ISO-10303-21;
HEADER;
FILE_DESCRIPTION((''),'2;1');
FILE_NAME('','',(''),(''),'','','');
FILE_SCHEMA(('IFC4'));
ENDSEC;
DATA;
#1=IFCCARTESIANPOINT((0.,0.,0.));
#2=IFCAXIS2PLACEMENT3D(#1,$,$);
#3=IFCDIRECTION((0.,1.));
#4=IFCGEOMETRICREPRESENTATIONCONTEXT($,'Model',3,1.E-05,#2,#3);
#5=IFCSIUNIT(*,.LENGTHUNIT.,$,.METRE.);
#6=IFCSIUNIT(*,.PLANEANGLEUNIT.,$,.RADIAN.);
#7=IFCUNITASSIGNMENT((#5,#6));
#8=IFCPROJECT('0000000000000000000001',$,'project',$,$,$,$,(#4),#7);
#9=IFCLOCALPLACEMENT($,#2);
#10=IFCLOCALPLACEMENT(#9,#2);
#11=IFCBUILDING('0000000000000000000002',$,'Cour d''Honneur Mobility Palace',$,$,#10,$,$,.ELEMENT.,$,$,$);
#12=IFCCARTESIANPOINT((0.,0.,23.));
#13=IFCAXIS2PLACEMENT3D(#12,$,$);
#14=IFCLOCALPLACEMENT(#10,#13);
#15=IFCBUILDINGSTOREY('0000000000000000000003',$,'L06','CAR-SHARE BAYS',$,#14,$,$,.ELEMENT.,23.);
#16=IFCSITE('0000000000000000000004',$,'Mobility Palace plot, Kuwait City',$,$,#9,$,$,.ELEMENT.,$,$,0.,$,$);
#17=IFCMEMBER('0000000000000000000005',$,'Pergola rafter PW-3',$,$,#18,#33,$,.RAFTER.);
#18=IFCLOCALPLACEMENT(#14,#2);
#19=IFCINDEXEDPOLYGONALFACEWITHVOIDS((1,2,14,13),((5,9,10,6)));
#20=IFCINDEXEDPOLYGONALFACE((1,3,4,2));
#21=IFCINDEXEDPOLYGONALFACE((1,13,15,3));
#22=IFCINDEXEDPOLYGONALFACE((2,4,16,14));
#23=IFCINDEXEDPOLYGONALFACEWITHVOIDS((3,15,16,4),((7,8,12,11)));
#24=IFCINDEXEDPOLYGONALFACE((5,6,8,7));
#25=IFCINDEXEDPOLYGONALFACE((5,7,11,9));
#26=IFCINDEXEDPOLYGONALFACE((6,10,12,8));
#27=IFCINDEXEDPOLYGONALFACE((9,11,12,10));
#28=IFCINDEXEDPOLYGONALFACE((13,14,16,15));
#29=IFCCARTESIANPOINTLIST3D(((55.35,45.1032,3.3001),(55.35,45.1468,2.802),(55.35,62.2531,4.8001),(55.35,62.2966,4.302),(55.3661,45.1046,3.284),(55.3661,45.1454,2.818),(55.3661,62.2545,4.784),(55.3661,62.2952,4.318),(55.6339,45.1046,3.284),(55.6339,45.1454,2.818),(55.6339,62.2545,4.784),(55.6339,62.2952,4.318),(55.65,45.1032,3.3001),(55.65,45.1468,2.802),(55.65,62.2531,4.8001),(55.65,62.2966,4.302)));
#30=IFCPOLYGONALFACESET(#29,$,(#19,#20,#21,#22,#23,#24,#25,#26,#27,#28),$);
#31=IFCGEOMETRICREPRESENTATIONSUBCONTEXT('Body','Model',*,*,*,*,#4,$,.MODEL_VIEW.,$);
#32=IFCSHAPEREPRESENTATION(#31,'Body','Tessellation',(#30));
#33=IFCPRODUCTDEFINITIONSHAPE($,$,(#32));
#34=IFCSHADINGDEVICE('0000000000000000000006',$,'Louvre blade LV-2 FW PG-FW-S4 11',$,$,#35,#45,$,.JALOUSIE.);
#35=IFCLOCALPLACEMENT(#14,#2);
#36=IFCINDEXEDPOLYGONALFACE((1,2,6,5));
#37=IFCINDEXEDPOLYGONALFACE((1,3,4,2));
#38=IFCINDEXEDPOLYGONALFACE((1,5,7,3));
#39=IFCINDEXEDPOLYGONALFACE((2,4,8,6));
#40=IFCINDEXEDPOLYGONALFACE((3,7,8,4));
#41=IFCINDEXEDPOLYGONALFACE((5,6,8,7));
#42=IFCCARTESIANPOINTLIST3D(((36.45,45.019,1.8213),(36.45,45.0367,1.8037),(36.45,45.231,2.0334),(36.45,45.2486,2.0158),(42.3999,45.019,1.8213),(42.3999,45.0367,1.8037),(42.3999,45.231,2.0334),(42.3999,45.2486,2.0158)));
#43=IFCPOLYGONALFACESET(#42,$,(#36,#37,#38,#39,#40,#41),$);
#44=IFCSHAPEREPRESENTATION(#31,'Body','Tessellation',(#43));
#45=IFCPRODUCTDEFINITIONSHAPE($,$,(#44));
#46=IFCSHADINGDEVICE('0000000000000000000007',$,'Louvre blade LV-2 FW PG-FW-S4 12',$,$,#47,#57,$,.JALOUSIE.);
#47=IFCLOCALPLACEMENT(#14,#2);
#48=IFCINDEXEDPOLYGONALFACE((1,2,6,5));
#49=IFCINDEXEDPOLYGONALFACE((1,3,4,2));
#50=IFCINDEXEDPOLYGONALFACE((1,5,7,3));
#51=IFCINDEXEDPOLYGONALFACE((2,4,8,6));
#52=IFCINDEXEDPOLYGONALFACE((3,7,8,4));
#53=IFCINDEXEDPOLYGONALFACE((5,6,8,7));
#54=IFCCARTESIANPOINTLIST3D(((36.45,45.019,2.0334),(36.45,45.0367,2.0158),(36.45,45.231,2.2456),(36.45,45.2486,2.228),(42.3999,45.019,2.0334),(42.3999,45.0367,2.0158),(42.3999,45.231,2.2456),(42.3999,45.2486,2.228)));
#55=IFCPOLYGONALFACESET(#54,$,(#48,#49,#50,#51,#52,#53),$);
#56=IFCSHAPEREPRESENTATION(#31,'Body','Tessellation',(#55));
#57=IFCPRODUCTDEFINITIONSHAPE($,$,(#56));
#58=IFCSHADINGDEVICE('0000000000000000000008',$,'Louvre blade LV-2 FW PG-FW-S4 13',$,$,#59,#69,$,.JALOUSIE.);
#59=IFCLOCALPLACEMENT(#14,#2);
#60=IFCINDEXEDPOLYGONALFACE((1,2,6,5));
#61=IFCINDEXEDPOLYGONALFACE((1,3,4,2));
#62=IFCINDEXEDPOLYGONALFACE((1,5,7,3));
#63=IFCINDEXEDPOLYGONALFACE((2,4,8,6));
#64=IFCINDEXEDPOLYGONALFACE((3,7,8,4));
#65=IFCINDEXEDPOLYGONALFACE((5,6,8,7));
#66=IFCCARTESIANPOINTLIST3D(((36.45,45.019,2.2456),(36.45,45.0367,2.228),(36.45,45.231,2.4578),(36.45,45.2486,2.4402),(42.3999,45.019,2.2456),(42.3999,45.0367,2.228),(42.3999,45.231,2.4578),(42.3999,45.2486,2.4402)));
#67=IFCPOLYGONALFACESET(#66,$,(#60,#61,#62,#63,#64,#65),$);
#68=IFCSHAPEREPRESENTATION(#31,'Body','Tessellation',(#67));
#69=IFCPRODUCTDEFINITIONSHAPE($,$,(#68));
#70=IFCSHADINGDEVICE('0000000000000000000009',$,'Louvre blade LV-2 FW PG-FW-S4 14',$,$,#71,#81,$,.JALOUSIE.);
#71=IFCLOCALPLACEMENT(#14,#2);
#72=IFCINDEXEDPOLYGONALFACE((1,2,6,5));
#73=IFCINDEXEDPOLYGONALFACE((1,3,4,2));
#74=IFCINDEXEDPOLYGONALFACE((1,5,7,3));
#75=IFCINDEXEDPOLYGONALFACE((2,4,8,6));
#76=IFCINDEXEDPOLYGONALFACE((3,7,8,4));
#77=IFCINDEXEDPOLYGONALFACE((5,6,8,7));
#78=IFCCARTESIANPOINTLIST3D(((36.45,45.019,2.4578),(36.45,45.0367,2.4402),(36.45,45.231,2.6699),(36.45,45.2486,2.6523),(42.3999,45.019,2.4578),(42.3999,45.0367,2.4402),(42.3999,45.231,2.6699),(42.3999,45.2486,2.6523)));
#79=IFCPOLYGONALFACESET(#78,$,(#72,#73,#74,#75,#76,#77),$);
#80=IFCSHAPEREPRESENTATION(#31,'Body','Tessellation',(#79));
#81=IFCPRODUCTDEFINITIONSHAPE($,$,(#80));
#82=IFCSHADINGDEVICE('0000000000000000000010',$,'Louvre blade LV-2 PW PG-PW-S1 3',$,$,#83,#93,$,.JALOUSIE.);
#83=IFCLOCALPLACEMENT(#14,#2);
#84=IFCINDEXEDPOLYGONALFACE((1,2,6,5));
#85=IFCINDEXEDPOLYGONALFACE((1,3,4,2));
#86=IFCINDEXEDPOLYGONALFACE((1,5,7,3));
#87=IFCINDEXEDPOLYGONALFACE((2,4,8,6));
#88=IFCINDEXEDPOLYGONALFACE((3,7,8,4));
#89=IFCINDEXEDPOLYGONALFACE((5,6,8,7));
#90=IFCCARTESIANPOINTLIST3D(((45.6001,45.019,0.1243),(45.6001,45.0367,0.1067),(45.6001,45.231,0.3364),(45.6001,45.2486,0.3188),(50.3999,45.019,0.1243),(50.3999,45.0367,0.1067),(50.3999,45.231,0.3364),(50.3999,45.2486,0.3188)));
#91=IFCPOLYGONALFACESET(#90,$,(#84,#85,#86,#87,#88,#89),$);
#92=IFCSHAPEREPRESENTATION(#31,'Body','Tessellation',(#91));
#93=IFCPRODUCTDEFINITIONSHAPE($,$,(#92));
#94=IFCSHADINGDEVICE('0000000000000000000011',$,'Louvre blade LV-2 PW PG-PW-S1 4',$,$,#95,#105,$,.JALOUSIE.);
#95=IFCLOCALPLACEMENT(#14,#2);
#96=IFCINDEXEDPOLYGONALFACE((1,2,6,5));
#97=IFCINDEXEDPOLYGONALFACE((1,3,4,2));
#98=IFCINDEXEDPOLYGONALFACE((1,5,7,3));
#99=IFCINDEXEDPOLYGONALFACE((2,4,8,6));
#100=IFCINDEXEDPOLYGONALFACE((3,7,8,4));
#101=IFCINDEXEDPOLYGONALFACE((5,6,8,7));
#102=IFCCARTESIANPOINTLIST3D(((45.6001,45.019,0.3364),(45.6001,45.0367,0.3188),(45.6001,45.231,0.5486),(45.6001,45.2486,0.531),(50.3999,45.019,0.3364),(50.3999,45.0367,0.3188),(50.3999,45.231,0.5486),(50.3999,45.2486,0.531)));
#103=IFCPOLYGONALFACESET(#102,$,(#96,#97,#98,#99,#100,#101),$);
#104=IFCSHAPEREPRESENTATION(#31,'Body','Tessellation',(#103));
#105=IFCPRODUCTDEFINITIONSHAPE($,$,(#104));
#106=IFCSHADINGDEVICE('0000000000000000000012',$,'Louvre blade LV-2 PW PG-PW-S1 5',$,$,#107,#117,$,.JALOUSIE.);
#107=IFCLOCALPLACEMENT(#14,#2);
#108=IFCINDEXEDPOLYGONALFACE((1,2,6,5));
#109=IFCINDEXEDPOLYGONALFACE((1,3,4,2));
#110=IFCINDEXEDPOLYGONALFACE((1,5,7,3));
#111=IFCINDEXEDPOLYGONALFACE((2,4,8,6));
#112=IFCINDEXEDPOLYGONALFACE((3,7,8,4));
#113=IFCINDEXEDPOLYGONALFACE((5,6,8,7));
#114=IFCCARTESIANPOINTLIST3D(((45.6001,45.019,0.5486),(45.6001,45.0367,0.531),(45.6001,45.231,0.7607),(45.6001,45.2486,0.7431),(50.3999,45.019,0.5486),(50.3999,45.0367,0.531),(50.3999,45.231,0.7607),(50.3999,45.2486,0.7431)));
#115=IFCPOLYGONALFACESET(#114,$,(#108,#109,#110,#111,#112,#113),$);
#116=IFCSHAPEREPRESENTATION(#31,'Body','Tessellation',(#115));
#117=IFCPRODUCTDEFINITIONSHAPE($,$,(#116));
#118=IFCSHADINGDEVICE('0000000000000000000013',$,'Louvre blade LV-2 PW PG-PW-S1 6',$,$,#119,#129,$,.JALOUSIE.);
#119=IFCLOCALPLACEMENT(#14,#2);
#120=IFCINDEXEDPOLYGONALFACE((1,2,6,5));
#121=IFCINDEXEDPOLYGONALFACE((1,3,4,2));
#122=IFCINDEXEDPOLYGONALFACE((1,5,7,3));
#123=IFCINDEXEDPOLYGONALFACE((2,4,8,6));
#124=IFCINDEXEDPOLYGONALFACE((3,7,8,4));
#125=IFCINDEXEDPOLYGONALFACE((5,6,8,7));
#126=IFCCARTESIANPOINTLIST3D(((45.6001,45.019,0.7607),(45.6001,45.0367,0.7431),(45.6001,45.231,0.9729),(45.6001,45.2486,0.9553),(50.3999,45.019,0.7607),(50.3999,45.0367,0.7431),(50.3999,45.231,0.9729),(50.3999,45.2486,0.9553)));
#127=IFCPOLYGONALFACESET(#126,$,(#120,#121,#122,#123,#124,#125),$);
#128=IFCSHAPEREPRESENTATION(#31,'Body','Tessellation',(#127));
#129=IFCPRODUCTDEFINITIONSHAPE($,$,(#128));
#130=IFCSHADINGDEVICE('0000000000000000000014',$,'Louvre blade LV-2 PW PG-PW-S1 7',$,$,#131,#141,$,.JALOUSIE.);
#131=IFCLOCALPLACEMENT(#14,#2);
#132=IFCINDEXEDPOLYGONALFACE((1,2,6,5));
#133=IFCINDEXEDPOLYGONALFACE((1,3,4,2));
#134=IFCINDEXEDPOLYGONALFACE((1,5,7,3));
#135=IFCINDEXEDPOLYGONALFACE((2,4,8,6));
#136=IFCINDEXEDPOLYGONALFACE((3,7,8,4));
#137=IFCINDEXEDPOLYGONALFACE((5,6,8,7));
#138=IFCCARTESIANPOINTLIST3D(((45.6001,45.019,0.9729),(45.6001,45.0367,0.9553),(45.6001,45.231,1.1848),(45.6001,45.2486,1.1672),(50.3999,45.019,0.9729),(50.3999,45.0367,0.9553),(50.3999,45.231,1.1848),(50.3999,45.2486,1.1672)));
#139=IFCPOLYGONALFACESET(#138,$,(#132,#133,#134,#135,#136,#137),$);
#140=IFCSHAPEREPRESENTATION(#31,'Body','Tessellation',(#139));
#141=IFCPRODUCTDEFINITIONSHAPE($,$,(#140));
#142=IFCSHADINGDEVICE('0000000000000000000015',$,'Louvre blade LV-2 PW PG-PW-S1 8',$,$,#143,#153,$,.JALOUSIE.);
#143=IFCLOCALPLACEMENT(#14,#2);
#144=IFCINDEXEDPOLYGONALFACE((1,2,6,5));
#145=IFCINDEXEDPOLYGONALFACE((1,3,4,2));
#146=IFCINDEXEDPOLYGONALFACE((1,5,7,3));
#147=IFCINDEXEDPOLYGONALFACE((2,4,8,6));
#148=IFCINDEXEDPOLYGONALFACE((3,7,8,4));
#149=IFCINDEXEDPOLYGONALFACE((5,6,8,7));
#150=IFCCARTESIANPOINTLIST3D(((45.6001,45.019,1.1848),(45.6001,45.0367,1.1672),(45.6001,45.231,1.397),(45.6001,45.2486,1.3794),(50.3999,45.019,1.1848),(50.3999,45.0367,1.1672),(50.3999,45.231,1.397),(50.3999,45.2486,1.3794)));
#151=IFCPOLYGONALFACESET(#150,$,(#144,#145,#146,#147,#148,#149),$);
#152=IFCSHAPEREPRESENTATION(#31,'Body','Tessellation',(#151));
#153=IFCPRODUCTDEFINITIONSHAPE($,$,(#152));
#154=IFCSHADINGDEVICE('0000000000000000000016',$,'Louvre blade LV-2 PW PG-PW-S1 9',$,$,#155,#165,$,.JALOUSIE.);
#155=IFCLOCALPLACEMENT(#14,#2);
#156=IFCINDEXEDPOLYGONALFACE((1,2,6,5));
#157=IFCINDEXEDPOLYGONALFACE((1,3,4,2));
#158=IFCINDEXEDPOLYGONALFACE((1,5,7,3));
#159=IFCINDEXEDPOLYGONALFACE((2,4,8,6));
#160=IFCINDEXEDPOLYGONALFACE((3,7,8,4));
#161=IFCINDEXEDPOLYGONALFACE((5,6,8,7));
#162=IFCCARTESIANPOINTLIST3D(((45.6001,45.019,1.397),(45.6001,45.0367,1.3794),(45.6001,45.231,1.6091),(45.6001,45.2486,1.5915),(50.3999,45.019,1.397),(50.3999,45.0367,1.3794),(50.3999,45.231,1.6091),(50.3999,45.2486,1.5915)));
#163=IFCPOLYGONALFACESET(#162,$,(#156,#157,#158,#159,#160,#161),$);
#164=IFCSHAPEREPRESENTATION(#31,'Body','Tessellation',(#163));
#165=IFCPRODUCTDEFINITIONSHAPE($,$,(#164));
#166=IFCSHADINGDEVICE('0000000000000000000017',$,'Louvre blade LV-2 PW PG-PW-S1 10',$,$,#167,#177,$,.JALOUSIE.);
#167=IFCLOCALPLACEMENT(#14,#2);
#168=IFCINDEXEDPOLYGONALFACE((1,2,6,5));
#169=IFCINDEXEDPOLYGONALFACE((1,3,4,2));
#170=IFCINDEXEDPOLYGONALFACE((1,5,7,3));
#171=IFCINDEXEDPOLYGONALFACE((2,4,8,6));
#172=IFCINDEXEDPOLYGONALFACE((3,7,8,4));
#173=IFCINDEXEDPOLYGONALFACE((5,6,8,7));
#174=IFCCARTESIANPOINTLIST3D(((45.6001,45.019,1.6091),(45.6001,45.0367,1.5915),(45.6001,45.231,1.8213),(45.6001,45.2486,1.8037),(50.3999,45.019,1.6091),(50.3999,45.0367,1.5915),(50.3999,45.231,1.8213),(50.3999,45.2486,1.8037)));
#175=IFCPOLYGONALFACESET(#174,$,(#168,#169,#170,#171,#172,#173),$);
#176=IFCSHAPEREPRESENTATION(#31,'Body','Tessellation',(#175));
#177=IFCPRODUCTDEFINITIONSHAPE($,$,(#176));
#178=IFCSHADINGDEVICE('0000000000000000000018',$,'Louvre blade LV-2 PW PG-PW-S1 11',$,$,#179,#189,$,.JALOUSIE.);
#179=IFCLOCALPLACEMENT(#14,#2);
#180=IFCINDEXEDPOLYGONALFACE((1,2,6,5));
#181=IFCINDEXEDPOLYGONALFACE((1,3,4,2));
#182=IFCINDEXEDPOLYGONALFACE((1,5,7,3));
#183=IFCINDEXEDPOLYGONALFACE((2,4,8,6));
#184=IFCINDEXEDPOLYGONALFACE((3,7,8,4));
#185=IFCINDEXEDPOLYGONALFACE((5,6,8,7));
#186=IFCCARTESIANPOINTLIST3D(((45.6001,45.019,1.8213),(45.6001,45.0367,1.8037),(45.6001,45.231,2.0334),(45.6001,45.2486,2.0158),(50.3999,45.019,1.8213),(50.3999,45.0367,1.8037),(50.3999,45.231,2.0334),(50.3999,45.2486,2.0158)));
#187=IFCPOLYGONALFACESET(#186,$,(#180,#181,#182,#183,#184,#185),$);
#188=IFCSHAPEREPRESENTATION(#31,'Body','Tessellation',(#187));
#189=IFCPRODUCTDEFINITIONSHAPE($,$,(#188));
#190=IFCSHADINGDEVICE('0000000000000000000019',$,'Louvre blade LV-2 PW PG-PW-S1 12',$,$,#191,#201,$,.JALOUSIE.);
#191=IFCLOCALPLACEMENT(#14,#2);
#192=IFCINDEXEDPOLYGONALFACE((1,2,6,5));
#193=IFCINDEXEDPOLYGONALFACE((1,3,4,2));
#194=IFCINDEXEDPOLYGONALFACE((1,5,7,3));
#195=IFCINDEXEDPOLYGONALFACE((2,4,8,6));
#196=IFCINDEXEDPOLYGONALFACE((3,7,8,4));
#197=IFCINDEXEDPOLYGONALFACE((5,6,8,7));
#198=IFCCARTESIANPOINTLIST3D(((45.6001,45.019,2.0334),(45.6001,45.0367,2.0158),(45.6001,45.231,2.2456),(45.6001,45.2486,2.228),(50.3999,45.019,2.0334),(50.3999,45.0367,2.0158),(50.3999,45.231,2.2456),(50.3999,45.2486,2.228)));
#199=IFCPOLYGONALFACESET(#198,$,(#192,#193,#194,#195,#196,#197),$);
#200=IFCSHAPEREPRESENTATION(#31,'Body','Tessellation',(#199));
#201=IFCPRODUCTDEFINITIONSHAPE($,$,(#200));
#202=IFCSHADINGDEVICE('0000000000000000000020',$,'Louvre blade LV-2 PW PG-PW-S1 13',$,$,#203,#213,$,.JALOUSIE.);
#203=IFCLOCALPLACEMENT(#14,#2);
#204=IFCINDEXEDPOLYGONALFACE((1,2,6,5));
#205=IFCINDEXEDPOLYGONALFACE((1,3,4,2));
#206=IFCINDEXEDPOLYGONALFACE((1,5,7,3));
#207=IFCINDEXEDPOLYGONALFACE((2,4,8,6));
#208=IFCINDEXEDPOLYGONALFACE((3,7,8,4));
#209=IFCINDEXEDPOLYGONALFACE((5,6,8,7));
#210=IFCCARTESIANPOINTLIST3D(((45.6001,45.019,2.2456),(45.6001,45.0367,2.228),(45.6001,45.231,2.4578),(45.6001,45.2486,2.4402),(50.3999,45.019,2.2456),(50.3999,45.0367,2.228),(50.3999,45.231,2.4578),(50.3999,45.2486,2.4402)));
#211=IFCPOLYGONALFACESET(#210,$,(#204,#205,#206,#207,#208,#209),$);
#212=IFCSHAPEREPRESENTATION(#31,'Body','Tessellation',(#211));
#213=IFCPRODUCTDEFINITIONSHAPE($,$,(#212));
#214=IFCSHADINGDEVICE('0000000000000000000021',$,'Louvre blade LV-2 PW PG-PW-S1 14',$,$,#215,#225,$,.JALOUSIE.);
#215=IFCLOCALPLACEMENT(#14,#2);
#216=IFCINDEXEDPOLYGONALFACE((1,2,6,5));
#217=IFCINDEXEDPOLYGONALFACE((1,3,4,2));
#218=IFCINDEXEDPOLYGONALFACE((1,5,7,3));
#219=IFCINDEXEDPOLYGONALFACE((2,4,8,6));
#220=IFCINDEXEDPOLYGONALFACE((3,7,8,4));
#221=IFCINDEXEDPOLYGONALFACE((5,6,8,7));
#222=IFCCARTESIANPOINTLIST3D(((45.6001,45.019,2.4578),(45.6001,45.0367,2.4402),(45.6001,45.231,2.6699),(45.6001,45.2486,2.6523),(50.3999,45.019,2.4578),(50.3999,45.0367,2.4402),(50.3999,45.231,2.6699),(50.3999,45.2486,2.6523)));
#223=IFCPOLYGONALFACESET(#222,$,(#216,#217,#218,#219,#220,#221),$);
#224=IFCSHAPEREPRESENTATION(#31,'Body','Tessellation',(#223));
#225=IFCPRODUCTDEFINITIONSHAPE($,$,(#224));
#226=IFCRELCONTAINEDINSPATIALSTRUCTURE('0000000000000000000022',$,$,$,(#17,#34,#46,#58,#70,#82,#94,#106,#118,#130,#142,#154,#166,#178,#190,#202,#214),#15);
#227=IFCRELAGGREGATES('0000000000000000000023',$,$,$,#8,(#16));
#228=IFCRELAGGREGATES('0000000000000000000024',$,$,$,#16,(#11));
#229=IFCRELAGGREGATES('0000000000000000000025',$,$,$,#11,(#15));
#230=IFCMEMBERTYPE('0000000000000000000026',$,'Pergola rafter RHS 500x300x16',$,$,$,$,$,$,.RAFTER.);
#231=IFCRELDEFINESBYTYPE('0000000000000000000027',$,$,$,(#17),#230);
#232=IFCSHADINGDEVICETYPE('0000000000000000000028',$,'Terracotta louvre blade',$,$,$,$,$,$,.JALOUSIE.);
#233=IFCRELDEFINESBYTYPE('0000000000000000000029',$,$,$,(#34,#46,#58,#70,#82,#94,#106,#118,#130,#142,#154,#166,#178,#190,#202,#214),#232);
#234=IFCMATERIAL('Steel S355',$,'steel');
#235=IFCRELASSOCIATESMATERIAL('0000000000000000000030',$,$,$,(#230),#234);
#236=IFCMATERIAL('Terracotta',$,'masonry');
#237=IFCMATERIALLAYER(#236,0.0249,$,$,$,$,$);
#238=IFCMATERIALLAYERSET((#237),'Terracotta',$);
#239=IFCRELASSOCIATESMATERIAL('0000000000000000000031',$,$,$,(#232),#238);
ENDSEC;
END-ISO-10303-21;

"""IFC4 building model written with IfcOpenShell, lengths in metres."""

from ifc_helpers import new_model, si_unit, direction, frame, origin, origin_2d, place, context, subcontext, project, spatial, polyline, hollow_rectangle, outline, extrude, material, layer, layer_set, material_profile, profile_set, type_object, element, save


model = new_model("IFC4")

# Units and contexts
model_context = context("Model", 3, precision=1e-05, world=origin(), true_north=direction((0.0, 1.0)))
body_context = subcontext(model_context, "Body", "Model", "MODEL_VIEW")
ifc_project = project(units=[si_unit("LENGTHUNIT", "METRE"), si_unit("PLANEANGLEUNIT", "RADIAN")], contexts=[model_context])

# Site, building, storey
site_placement = place(None, origin())
site = spatial("IfcSite", under=ifc_project, at=site_placement, Name="Mobility Palace plot, Kuwait City", CompositionType="ELEMENT", RefElevation=0.0)
building_placement = place(site_placement, origin())
building = spatial("IfcBuilding", under=site, at=building_placement, Name="Cour d'Honneur Mobility Palace", CompositionType="ELEMENT")
storey_placement = place(building_placement, frame((0.0, 0.0, 23.0)))
storey = spatial("IfcBuildingStorey", under=building, at=storey_placement, Name="L06", Description="CAR-SHARE BAYS", CompositionType="ELEMENT", Elevation=23.0)

# Member
ifc_material_1 = material(Name="Steel S355", Category="steel")
ifc_material_profile_1 = material_profile(ifc_material_1, hollow_rectangle(XDim=0.3, YDim=0.5, WallThickness=0.0161, at=origin_2d()), Name="RHS 500x300x16")
ifc_profile_set_1 = profile_set([ifc_material_profile_1], Name="Steel S355")
member_type_1 = type_object("IfcMemberType", Name="Pergola rafter RHS 500x300x16", PredefinedType="RAFTER", material=ifc_profile_set_1)
for number, where, z_axis, x_axis, name in (
    (1, (55.5, 45.125, 3.051), (0.0, 0.996197, 0.087131), (-1.0, 0.0, 0.0), "Pergola rafter PW-3"),
):
    element("IfcMember", number, at=place(storey_placement, frame(where, z_axis=z_axis, x_axis=x_axis)), inside=storey, type_object=member_type_1, Name=name, PredefinedType="RAFTER", context=body_context, shape_type="SweptSolid", body=[
        extrude(hollow_rectangle(XDim=0.3, YDim=0.5, WallThickness=0.0161, at=origin_2d()), origin(), (0.0, 0.0, 1.0), 17.2153),
    ])

# Shading devices
ifc_material_2 = material(Name="Terracotta", Category="masonry")
ifc_layer = layer(ifc_material_2, 0.0249)
ifc_layer_set = layer_set([ifc_layer], Name="Terracotta")
shading_device_type = type_object("IfcShadingDeviceType", Name="Terracotta louvre blade", PredefinedType="JALOUSIE", material=ifc_layer_set)
for number, where, z_axis, x_axis, name in (
    (2, (36.45, 45.019, 1.8213), (0.0, -0.707514, 0.7067), (1.0, 0.0, 0.0), "Louvre blade LV-2 FW PG-FW-S4 11"),
    (3, (36.45, 45.019, 2.0334), (0.0, -0.707514, 0.7067), (1.0, 0.0, 0.0), "Louvre blade LV-2 FW PG-FW-S4 12"),
    (4, (36.45, 45.019, 2.2456), (0.0, -0.707514, 0.7067), (1.0, 0.0, 0.0), "Louvre blade LV-2 FW PG-FW-S4 13"),
    (5, (36.45, 45.019, 2.4578), (0.0, -0.707514, 0.7067), (1.0, 0.0, 0.0), "Louvre blade LV-2 FW PG-FW-S4 14"),
):
    element("IfcShadingDevice", number, at=place(storey_placement, frame(where, z_axis=z_axis, x_axis=x_axis)), inside=storey, type_object=shading_device_type, Name=name, PredefinedType="JALOUSIE", context=body_context, shape_type="SweptSolid", body=[
        extrude(outline(polyline([(0.0, 0.0), (5.95, 0.0), (5.95, 0.2999), (0.0, 0.2999), (0.0, 0.0)])), origin(), (0.0, 0.0, -1.0), 0.0249),
    ])
for number, where, z_axis, x_axis, name in (
    (6, (45.6001, 45.019, 0.1243), (0.0, -0.707514, 0.7067), (1.0, 0.0, 0.0), "Louvre blade LV-2 PW PG-PW-S1 3"),
    (7, (45.6001, 45.019, 0.3364), (0.0, -0.707514, 0.7067), (1.0, 0.0, 0.0), "Louvre blade LV-2 PW PG-PW-S1 4"),
    (8, (45.6001, 45.019, 0.5486), (0.0, -0.707514, 0.7067), (1.0, 0.0, 0.0), "Louvre blade LV-2 PW PG-PW-S1 5"),
    (9, (45.6001, 45.019, 0.7607), (0.0, -0.707514, 0.7067), (1.0, 0.0, 0.0), "Louvre blade LV-2 PW PG-PW-S1 6"),
):
    element("IfcShadingDevice", number, at=place(storey_placement, frame(where, z_axis=z_axis, x_axis=x_axis)), inside=storey, type_object=shading_device_type, Name=name, PredefinedType="JALOUSIE", context=body_context, shape_type="SweptSolid", body=[
        extrude(outline(polyline([(0.0, 0.0), (4.7998, 0.0), (4.7998, 0.2999), (0.0, 0.2999), (0.0, 0.0)])), origin(), (0.0, 0.0, -1.0), 0.0249),
    ])
shading_device_1_placement = place(storey_placement, frame((45.6001, 45.019, 0.9729), z_axis=(0.0, -0.707107, 0.707107), x_axis=(1.0, 0.0, 0.0)))
element("IfcShadingDevice", 10, at=shading_device_1_placement, inside=storey, type_object=shading_device_type, Name="Louvre blade LV-2 PW PG-PW-S1 7", PredefinedType="JALOUSIE", context=body_context, shape_type="SweptSolid", body=[
    extrude(outline(polyline([(0.0, 0.0), (4.7998, 0.0), (4.7998, 0.2997), (0.0, 0.2997), (0.0, 0.0)])), origin(), (0.0, 0.0, -1.0), 0.0249),
])
for number, where, z_axis, x_axis, name in (
    (11, (45.6001, 45.019, 1.1848), (0.0, -0.707514, 0.7067), (1.0, 0.0, 0.0), "Louvre blade LV-2 PW PG-PW-S1 8"),
    (12, (45.6001, 45.019, 1.397), (0.0, -0.707514, 0.7067), (1.0, 0.0, 0.0), "Louvre blade LV-2 PW PG-PW-S1 9"),
    (13, (45.6001, 45.019, 1.6091), (0.0, -0.707514, 0.7067), (1.0, 0.0, 0.0), "Louvre blade LV-2 PW PG-PW-S1 10"),
    (14, (45.6001, 45.019, 1.8213), (0.0, -0.707514, 0.7067), (1.0, 0.0, 0.0), "Louvre blade LV-2 PW PG-PW-S1 11"),
    (15, (45.6001, 45.019, 2.0334), (0.0, -0.707514, 0.7067), (1.0, 0.0, 0.0), "Louvre blade LV-2 PW PG-PW-S1 12"),
    (16, (45.6001, 45.019, 2.2456), (0.0, -0.707514, 0.7067), (1.0, 0.0, 0.0), "Louvre blade LV-2 PW PG-PW-S1 13"),
    (17, (45.6001, 45.019, 2.4578), (0.0, -0.707514, 0.7067), (1.0, 0.0, 0.0), "Louvre blade LV-2 PW PG-PW-S1 14"),
):
    element("IfcShadingDevice", number, at=place(storey_placement, frame(where, z_axis=z_axis, x_axis=x_axis)), inside=storey, type_object=shading_device_type, Name=name, PredefinedType="JALOUSIE", context=body_context, shape_type="SweptSolid", body=[
        extrude(outline(polyline([(0.0, 0.0), (4.7998, 0.0), (4.7998, 0.2999), (0.0, 0.2999), (0.0, 0.0)])), origin(), (0.0, 0.0, -1.0), 0.0249),
    ])

save(model, "model.ifc")
